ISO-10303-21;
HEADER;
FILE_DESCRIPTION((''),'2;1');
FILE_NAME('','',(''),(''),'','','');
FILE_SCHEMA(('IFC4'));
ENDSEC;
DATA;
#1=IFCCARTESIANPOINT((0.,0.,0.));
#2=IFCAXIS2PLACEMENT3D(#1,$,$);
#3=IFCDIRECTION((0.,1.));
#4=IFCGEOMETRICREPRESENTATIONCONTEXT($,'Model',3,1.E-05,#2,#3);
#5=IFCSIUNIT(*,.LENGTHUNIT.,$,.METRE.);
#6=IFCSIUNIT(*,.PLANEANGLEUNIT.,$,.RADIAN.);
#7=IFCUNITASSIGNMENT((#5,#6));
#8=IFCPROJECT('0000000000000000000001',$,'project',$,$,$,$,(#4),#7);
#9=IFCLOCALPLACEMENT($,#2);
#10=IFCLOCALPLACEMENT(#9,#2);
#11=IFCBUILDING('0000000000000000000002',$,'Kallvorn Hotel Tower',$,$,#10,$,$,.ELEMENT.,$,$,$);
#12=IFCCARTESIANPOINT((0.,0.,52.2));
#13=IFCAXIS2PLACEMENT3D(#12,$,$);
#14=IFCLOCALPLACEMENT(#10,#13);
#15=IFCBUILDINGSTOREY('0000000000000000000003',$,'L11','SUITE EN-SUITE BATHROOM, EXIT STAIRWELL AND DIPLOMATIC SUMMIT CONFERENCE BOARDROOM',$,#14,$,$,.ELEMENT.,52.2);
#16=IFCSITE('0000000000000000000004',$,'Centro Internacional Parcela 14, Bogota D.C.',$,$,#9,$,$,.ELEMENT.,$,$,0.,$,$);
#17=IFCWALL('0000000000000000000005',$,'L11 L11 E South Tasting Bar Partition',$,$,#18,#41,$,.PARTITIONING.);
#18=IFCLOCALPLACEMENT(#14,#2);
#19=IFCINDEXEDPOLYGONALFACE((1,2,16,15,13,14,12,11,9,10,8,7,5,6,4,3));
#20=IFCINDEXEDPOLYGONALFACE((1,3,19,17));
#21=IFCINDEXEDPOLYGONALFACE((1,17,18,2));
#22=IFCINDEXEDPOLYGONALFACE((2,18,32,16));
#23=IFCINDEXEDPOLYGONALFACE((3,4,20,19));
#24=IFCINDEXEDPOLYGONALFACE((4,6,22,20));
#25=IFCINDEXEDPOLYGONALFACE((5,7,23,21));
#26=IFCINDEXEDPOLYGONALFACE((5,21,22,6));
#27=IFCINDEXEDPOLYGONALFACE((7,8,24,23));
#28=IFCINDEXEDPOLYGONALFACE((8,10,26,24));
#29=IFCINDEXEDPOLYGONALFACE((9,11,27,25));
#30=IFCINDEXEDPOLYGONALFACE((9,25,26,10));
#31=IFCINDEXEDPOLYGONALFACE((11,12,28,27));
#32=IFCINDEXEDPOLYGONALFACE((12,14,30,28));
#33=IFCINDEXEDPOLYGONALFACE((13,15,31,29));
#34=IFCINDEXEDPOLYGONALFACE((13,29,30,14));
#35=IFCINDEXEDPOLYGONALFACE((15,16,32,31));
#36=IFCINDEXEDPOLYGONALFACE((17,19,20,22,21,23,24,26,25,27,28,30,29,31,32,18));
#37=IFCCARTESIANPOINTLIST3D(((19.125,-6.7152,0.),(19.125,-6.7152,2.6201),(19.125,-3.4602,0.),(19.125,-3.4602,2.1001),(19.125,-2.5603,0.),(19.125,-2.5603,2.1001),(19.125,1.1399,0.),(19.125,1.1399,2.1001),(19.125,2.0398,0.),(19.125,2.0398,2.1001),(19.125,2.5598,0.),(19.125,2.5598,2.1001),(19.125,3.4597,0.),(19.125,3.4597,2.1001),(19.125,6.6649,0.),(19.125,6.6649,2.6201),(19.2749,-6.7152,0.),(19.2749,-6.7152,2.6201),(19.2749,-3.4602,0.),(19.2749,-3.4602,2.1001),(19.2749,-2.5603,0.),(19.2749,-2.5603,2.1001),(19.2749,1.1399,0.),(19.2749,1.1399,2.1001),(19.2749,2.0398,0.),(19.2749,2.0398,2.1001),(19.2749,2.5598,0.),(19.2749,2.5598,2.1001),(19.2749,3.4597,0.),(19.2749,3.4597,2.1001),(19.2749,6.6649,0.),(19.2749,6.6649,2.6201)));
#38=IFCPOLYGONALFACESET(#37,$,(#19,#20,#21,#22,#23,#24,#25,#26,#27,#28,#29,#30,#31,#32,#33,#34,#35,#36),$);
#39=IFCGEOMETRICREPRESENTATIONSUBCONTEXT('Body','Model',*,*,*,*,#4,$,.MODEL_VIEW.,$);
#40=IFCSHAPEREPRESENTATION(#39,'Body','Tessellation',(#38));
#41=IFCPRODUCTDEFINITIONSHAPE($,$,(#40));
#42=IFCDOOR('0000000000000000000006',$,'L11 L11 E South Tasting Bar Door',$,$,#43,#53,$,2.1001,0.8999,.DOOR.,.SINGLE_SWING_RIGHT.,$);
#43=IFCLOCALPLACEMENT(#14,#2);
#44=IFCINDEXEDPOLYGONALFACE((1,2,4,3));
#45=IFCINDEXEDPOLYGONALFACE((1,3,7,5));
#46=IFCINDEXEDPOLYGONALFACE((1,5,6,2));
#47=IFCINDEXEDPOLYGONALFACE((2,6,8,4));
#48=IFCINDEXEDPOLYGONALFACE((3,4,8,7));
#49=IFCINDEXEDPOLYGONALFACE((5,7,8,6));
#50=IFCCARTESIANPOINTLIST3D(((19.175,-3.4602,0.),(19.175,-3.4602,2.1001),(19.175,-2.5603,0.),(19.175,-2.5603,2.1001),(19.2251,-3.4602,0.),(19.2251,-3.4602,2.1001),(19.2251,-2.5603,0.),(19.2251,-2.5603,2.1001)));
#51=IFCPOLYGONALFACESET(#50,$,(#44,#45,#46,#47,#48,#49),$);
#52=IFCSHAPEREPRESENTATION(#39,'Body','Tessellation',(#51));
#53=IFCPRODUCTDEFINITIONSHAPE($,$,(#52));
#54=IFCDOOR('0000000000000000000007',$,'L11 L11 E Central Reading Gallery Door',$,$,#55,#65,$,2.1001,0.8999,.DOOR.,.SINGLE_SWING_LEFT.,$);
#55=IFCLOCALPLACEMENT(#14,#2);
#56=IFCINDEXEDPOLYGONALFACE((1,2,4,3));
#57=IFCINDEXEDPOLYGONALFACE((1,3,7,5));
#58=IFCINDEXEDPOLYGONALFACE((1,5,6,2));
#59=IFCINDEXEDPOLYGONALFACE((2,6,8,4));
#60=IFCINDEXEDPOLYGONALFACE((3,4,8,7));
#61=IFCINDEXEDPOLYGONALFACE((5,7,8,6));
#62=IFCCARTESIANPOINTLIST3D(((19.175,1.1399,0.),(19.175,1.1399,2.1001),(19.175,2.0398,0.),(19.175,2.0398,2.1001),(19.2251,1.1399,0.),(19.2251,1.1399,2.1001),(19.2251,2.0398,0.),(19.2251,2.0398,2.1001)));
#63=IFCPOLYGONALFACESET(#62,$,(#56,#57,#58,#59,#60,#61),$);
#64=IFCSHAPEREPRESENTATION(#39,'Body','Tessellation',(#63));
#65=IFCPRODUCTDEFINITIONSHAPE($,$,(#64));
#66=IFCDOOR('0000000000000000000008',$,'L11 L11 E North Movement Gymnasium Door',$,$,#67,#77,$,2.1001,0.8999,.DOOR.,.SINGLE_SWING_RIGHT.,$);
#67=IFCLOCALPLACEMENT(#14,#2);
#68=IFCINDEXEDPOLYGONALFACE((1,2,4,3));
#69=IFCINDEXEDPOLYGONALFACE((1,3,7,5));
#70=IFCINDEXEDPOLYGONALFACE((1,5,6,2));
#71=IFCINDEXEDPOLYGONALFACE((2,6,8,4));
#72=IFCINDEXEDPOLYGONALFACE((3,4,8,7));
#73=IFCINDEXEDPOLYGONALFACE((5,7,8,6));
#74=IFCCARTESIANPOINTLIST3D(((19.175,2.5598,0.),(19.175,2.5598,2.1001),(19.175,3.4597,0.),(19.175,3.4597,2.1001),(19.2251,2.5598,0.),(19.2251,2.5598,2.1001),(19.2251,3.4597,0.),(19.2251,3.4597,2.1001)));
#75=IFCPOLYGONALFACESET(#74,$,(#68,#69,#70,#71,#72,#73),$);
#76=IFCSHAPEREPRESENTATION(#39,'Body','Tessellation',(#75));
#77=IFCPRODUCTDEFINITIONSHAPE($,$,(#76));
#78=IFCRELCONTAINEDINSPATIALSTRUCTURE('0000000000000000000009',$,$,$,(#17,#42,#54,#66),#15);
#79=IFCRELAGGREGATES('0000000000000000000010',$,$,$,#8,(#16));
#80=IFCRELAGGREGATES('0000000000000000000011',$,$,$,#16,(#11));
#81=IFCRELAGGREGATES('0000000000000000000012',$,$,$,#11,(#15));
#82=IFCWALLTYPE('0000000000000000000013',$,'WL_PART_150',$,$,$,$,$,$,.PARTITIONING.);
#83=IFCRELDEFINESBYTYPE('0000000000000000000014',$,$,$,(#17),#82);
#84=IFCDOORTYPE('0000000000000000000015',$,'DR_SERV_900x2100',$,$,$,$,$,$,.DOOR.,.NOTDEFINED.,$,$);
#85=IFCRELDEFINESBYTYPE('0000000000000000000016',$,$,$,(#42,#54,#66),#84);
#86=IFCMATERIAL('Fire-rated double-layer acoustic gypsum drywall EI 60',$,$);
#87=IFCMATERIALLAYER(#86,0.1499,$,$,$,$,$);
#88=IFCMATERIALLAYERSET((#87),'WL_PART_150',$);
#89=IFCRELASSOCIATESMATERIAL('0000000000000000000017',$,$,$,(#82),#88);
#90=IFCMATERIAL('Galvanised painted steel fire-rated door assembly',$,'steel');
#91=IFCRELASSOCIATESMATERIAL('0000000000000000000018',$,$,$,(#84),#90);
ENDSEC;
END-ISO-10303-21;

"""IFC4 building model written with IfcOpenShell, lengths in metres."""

from ifc_helpers import new_model, si_unit, direction, frame, frame_2d, origin, place, context, subcontext, project, spatial, rectangle, extrude, material, layer, layer_set, type_object, element, fill, save


model = new_model("IFC4")

# Units and contexts
model_context = context("Model", 3, precision=1e-05, world=origin(), true_north=direction((0.0, 1.0)))
body_context = subcontext(model_context, "Body", "Model", "MODEL_VIEW")
ifc_project = project(units=[si_unit("LENGTHUNIT", "METRE"), si_unit("PLANEANGLEUNIT", "RADIAN")], contexts=[model_context])

# Site, building, storey
site_placement = place(None, origin())
site = spatial("IfcSite", under=ifc_project, at=site_placement, Name="Centro Internacional Parcela 14, Bogota D.C.", CompositionType="ELEMENT", RefElevation=0.0)
building_placement = place(site_placement, origin())
building = spatial("IfcBuilding", under=site, at=building_placement, Name="Kallvorn Hotel Tower", CompositionType="ELEMENT")
storey_placement = place(building_placement, frame((0.0, 0.0, 52.2)))
storey = spatial("IfcBuildingStorey", under=building, at=storey_placement, Name="L11", Description="SUITE EN-SUITE BATHROOM, EXIT STAIRWELL AND DIPLOMATIC SUMMIT CONFERENCE BOARDROOM", CompositionType="ELEMENT", Elevation=52.2)

# Shared definitions
ifc_material_1 = material(Name="Fire-rated double-layer acoustic gypsum drywall EI 60")
ifc_layer_1 = layer(ifc_material_1, 0.1499)
ifc_layer_set_1 = layer_set([ifc_layer_1], Name="WL_PART_150")
wall_type_1 = type_object("IfcWallType", Name="WL_PART_150", PredefinedType="PARTITIONING", material=ifc_layer_set_1)

# Wall, openings, doors
wall_1_placement = place(storey_placement, frame((19.2, -6.7151, 0.0), z_axis=(0.0, 0.0, 1.0), x_axis=(0.0, 1.0, 0.0)))
wall_1 = element("IfcWall", 1, at=wall_1_placement, inside=storey, type_object=wall_type_1, Name="L11 L11 E South Tasting Bar Partition", PredefinedType="PARTITIONING", context=body_context, shape_type="SweptSolid", body=[
    extrude(rectangle(XDim=13.3801, YDim=0.1499, at=frame_2d((6.6899, 0.0))), origin(), (0.0, 0.0, 1.0), 2.6201),
])
opening_1_placement = place(wall_1_placement, frame((3.2549, 0.0, 0.0)))
opening_1 = element("IfcOpeningElement", 2, at=opening_1_placement, cuts=wall_1, PredefinedType="OPENING", context=body_context, shape_type="SweptSolid", body=[
    extrude(rectangle(XDim=0.8999, YDim=2.1001, at=frame_2d((0.45, 1.05))), frame((0.0, 0.0898, 0.0), z_axis=(0.0, -1.0, 0.0), x_axis=(1.0, 0.0, 0.0)), (0.0, 0.0, 1.0), 0.1799),
])
opening_2_placement = place(wall_1_placement, frame((7.855, 0.0, 0.0)))
opening_2 = element("IfcOpeningElement", 3, at=opening_2_placement, cuts=wall_1, PredefinedType="OPENING", context=body_context, shape_type="SweptSolid", body=[
    extrude(rectangle(XDim=0.8999, YDim=2.1001, at=frame_2d((0.45, 1.05))), frame((0.0, 0.0898, 0.0), z_axis=(0.0, -1.0, 0.0), x_axis=(1.0, 0.0, 0.0)), (0.0, 0.0, 1.0), 0.1799),
])
opening_3_placement = place(wall_1_placement, frame((9.2749, 0.0, 0.0)))
opening_3 = element("IfcOpeningElement", 4, at=opening_3_placement, cuts=wall_1, PredefinedType="OPENING", context=body_context, shape_type="SweptSolid", body=[
    extrude(rectangle(XDim=0.8999, YDim=2.1001, at=frame_2d((0.45, 1.05))), frame((0.0, 0.0898, 0.0), z_axis=(0.0, -1.0, 0.0), x_axis=(1.0, 0.0, 0.0)), (0.0, 0.0, 1.0), 0.1799),
])
ifc_material_2 = material(Name="Galvanised painted steel fire-rated door assembly", Category="steel")
door_type = type_object("IfcDoorType", Name="DR_SERV_900x2100", OperationType="NOTDEFINED", PredefinedType="DOOR", material=ifc_material_2)
door_1_placement = place(opening_1_placement, origin())
door_1 = element("IfcDoor", 5, at=door_1_placement, inside=storey, type_object=door_type, Name="L11 L11 E South Tasting Bar Door", OperationType="SINGLE_SWING_RIGHT", OverallHeight=2.1001, OverallWidth=0.8999, PredefinedType="DOOR", context=body_context, shape_type="SweptSolid", body=[
    extrude(rectangle(XDim=0.8999, YDim=2.1001, at=frame_2d((0.45, 1.05))), frame((0.0, 0.0249, 0.0), z_axis=(0.0, -1.0, 0.0), x_axis=(1.0, 0.0, 0.0)), (0.0, 0.0, 1.0), 0.05),
])
fill(opening_1, door_1)
door_2_placement = place(opening_2_placement, origin())
door_2 = element("IfcDoor", 6, at=door_2_placement, inside=storey, type_object=door_type, Name="L11 L11 E Central Reading Gallery Door", OperationType="SINGLE_SWING_LEFT", OverallHeight=2.1001, OverallWidth=0.8999, PredefinedType="DOOR", context=body_context, shape_type="SweptSolid", body=[
    extrude(rectangle(XDim=0.8999, YDim=2.1001, at=frame_2d((0.45, 1.05))), frame((0.0, 0.0249, 0.0), z_axis=(0.0, -1.0, 0.0), x_axis=(1.0, 0.0, 0.0)), (0.0, 0.0, 1.0), 0.05),
])
fill(opening_2, door_2)
door_3_placement = place(opening_3_placement, origin())
door_3 = element("IfcDoor", 7, at=door_3_placement, inside=storey, type_object=door_type, Name="L11 L11 E North Movement Gymnasium Door", OperationType="SINGLE_SWING_RIGHT", OverallHeight=2.1001, OverallWidth=0.8999, PredefinedType="DOOR", context=body_context, shape_type="SweptSolid", body=[
    extrude(rectangle(XDim=0.8999, YDim=2.1001, at=frame_2d((0.45, 1.05))), frame((0.0, 0.0249, 0.0), z_axis=(0.0, -1.0, 0.0), x_axis=(1.0, 0.0, 0.0)), (0.0, 0.0, 1.0), 0.05),
])
fill(opening_3, door_3)

save(model, "model.ifc")
